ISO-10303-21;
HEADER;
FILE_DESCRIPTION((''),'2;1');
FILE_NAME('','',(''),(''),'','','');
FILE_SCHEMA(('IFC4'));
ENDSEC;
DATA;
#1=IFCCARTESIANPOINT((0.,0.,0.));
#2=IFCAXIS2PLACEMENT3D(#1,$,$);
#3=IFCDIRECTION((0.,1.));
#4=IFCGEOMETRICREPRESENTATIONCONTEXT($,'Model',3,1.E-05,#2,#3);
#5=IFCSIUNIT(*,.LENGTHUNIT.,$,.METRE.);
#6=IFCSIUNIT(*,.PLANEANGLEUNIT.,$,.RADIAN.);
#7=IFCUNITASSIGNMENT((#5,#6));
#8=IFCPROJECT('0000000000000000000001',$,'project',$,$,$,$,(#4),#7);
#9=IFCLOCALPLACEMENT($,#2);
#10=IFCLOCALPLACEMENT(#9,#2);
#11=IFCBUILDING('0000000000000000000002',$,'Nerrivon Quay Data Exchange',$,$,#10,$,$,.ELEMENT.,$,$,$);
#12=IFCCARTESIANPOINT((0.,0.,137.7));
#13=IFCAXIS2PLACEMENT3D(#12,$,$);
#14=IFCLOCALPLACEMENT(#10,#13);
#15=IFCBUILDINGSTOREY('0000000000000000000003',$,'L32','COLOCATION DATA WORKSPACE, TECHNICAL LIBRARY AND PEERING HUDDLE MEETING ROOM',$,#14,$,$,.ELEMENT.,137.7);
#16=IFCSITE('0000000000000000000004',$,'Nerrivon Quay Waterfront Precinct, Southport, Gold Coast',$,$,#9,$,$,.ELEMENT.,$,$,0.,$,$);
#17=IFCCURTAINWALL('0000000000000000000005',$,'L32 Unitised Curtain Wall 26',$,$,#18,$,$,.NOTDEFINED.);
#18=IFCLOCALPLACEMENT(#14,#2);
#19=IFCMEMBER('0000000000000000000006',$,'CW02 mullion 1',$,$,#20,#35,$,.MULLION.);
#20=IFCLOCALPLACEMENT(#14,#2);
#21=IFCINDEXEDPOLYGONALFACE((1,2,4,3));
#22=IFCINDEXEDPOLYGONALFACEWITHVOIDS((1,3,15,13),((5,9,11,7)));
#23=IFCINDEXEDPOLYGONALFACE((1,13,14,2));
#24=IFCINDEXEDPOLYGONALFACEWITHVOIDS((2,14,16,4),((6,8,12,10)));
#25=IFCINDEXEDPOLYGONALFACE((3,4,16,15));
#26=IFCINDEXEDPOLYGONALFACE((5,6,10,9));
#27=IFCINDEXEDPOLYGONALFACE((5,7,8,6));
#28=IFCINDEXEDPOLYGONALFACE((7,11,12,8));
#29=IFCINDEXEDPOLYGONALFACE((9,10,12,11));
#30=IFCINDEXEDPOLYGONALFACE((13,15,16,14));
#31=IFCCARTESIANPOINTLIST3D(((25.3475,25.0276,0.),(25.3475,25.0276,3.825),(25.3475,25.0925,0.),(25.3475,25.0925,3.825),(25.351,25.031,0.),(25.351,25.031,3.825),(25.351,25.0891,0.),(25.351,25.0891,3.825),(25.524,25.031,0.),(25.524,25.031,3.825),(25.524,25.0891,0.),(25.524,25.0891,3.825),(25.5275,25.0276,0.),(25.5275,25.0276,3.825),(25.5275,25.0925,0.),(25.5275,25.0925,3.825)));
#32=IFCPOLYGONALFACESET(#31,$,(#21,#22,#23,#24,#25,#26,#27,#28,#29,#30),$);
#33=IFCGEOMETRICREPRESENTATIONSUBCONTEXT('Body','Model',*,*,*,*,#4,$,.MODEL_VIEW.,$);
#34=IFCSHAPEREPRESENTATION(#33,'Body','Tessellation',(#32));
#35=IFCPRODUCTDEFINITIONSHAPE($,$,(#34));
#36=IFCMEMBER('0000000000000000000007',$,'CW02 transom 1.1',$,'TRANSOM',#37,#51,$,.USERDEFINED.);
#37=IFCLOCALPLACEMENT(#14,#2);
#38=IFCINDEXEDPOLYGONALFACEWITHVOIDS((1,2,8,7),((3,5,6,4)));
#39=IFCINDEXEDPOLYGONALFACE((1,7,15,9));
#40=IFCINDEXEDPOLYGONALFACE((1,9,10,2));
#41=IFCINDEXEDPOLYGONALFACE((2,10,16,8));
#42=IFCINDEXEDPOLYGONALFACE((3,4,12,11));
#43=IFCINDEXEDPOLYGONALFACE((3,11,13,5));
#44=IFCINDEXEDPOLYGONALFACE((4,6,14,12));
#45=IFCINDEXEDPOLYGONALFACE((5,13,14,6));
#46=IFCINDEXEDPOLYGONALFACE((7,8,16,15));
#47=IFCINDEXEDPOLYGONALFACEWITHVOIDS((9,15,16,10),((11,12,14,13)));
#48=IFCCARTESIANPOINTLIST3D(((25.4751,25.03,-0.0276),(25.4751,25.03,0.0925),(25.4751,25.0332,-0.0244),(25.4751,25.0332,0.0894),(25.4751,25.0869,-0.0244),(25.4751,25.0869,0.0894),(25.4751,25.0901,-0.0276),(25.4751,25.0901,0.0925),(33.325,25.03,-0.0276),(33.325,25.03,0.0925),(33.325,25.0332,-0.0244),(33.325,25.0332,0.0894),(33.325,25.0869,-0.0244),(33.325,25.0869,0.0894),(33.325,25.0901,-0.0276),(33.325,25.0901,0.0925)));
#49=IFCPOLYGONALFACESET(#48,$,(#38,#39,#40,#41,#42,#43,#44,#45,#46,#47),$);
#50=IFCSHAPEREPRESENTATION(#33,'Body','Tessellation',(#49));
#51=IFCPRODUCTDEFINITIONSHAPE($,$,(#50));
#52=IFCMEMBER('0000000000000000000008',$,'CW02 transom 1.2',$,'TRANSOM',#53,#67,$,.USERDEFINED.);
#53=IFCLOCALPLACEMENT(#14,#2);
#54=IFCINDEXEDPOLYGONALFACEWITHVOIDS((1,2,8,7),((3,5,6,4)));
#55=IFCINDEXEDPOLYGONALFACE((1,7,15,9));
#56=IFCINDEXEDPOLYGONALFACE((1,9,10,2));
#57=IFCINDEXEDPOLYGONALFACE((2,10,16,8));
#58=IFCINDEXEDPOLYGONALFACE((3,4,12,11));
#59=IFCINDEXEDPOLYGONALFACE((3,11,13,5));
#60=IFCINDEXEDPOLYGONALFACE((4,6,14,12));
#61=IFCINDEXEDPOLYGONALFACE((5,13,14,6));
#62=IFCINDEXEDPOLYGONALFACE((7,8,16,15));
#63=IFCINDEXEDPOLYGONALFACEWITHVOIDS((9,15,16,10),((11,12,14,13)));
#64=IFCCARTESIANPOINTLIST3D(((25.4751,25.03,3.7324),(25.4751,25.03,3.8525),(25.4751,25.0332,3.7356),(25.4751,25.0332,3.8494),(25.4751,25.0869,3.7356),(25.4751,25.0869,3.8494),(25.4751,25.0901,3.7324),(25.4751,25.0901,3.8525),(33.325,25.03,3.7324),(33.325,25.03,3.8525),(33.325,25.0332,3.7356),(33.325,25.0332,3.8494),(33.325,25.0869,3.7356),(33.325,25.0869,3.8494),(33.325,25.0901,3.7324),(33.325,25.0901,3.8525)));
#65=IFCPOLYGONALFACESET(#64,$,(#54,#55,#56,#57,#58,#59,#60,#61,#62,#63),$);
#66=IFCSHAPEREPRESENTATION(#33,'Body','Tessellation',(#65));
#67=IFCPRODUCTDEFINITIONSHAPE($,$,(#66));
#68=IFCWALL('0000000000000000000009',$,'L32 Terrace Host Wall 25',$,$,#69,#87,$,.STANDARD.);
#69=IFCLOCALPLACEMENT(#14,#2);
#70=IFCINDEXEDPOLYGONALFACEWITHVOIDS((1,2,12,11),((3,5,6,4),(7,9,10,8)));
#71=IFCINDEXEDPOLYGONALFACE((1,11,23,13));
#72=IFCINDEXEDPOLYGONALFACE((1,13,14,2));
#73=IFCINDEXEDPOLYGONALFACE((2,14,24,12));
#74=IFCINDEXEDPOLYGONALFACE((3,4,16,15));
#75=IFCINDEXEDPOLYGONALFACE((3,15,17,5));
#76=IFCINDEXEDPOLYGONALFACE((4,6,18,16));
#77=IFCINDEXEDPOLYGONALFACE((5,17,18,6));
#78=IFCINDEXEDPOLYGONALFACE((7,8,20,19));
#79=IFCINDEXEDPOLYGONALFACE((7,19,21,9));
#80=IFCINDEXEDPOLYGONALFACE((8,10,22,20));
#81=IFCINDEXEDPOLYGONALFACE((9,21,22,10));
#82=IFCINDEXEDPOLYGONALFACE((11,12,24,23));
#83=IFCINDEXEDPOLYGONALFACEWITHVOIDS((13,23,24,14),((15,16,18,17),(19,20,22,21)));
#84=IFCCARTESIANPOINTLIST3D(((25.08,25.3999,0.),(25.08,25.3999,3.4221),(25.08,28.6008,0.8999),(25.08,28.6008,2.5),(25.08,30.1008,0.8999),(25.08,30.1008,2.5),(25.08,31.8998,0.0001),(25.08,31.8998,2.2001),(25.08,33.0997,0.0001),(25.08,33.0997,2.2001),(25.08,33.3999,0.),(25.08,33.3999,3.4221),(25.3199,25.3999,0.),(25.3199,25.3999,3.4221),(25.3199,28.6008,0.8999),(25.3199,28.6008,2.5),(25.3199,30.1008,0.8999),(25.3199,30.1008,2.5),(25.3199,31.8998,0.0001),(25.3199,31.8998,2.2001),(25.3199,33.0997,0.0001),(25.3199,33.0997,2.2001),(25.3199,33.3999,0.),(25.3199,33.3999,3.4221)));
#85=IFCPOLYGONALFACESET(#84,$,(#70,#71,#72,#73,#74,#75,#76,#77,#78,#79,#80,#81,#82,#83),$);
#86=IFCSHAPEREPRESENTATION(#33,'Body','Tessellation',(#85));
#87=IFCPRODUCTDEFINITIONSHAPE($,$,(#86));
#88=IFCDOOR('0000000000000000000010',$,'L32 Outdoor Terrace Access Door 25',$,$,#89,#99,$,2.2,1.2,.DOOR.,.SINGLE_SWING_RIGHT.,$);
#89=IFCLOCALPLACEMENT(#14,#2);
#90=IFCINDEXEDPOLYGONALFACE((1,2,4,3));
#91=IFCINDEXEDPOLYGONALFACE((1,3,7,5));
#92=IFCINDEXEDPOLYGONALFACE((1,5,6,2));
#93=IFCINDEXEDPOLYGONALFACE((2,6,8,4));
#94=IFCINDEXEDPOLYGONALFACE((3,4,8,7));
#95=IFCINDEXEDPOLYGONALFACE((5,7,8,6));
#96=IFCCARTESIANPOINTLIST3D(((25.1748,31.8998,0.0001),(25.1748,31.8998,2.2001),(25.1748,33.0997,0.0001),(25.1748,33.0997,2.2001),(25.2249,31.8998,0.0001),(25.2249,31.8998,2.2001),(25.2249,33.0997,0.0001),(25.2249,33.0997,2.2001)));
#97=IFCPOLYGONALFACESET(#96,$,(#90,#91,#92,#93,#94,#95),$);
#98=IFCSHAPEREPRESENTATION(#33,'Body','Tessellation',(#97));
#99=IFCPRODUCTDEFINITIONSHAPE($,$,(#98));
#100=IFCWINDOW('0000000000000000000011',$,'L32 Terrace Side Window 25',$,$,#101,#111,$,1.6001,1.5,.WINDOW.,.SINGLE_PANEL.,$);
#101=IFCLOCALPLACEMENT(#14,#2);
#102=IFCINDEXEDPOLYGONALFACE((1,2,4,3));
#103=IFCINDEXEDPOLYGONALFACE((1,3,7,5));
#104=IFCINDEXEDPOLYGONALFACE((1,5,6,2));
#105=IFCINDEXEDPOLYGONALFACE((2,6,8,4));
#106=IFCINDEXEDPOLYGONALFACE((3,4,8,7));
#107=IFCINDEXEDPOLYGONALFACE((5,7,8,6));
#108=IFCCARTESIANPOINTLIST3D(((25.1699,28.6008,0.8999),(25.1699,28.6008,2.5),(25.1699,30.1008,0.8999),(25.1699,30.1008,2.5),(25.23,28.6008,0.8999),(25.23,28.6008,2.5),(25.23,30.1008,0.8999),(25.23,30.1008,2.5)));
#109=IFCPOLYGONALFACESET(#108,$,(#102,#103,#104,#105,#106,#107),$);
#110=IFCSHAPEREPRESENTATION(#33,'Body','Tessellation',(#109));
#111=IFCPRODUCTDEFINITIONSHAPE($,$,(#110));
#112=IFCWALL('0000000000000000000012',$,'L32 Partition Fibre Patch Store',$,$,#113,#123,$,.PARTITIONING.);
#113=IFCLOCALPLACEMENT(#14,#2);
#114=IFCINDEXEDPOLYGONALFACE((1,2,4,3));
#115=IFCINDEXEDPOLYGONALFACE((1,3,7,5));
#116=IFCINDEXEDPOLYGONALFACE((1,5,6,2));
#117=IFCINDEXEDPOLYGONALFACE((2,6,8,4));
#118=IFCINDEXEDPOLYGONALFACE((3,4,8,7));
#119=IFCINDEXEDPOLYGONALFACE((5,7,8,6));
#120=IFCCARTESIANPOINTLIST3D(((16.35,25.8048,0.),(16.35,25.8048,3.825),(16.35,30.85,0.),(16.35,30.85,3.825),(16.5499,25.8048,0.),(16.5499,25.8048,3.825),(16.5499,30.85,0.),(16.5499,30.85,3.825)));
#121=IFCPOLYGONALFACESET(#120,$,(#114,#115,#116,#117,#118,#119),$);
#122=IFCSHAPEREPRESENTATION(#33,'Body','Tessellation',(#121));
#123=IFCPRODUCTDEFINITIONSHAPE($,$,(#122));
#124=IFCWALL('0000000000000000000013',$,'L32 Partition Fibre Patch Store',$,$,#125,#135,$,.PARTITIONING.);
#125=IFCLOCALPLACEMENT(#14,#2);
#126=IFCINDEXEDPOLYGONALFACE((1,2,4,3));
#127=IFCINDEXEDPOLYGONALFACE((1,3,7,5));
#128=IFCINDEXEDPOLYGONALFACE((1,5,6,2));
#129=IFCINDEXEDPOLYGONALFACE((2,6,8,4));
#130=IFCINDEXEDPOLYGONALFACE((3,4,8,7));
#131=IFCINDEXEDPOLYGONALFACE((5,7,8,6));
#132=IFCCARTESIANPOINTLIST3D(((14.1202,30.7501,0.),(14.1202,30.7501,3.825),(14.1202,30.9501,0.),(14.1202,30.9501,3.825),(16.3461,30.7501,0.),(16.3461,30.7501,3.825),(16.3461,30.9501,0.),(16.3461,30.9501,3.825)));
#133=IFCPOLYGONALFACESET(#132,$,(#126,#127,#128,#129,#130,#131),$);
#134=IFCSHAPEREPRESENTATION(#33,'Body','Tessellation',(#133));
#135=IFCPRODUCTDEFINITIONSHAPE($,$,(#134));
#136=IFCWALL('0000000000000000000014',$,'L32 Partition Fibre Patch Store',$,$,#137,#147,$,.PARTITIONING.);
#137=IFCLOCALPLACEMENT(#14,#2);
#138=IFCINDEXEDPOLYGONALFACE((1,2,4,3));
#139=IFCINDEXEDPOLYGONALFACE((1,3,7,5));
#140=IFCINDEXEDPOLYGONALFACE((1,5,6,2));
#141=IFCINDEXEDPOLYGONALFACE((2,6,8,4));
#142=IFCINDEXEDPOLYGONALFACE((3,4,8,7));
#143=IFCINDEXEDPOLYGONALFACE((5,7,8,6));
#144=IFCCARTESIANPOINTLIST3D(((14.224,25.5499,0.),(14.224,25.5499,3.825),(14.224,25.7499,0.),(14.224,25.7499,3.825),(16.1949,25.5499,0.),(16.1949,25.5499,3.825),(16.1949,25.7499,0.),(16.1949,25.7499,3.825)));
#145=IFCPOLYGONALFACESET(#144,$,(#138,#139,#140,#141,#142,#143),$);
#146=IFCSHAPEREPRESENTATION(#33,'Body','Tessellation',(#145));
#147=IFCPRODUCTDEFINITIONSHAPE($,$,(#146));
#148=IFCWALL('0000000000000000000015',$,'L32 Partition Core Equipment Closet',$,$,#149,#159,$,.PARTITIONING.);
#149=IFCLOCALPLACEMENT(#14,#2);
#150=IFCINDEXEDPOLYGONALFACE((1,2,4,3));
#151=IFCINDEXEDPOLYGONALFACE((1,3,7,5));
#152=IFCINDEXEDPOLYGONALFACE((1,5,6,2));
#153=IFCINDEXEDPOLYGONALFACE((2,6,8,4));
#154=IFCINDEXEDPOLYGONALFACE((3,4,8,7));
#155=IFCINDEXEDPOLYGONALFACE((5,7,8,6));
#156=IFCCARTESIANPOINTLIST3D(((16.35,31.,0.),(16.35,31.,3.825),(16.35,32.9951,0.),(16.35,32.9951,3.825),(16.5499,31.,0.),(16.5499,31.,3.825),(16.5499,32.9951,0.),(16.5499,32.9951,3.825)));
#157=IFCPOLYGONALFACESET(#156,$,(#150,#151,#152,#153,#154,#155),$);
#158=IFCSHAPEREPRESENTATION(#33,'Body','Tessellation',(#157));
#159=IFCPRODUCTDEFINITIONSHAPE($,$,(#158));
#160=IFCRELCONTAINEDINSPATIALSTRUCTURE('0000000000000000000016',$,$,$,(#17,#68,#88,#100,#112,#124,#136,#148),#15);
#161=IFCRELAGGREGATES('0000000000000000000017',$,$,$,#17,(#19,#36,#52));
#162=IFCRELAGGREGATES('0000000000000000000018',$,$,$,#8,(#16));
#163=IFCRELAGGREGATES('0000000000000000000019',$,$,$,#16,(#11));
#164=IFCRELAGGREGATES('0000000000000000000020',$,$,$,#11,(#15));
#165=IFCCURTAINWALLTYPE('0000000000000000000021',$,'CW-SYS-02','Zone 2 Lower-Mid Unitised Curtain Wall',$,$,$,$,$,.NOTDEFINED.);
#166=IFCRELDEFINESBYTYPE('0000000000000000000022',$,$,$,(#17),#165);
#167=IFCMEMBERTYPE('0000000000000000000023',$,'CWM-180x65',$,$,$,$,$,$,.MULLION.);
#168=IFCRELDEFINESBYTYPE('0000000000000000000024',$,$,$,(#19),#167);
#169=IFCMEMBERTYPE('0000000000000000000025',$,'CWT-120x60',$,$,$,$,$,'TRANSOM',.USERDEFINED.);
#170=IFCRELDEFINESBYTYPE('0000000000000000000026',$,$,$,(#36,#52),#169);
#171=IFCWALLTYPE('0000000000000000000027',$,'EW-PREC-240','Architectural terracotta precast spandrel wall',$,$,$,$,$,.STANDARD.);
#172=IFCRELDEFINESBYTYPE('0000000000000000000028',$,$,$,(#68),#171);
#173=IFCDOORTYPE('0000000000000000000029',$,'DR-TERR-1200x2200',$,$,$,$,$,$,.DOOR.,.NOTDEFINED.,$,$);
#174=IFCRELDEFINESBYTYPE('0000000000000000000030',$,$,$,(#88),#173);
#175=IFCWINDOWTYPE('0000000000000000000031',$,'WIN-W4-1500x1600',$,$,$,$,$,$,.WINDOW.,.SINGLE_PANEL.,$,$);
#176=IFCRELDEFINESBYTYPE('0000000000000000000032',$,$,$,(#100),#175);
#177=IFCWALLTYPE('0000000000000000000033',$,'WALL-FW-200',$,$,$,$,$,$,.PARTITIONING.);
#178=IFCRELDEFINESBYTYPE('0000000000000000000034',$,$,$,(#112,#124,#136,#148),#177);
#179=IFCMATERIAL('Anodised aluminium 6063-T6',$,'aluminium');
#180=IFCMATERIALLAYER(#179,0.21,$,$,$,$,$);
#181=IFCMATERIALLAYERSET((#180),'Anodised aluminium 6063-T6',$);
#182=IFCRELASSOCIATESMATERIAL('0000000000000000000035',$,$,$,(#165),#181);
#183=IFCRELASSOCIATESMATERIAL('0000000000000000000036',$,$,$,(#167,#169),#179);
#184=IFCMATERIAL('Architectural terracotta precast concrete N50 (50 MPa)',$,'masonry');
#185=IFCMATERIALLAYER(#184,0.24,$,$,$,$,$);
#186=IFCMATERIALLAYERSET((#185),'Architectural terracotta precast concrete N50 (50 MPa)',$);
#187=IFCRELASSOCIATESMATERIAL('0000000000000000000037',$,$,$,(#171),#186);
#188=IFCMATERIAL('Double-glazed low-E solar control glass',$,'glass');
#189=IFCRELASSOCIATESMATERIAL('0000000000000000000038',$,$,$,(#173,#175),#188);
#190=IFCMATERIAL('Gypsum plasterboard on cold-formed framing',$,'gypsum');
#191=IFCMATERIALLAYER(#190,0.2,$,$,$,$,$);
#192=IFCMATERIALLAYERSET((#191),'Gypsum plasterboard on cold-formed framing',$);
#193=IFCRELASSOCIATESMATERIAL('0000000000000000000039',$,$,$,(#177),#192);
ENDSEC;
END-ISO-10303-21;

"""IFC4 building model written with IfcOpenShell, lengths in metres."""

from ifc_helpers import new_model, si_unit, direction, frame, frame_2d, origin, origin_2d, place, context, subcontext, project, spatial, rectangle, hollow_rectangle, extrude, material, layer, layer_set, material_profile, profile_set, type_object, element, fill, aggregate, save


model = new_model("IFC4")

# Units and contexts
model_context = context("Model", 3, precision=1e-05, world=origin(), true_north=direction((0.0, 1.0)))
body_context = subcontext(model_context, "Body", "Model", "MODEL_VIEW")
ifc_project = project(units=[si_unit("LENGTHUNIT", "METRE"), si_unit("PLANEANGLEUNIT", "RADIAN")], contexts=[model_context])

# Site, building, storey
site_placement = place(None, origin())
site = spatial("IfcSite", under=ifc_project, at=site_placement, Name="Nerrivon Quay Waterfront Precinct, Southport, Gold Coast", CompositionType="ELEMENT", RefElevation=0.0)
building_placement = place(site_placement, origin())
building = spatial("IfcBuilding", under=site, at=building_placement, Name="Nerrivon Quay Data Exchange", CompositionType="ELEMENT")
storey_placement = place(building_placement, frame((0.0, 0.0, 137.7)))
storey = spatial("IfcBuildingStorey", under=building, at=storey_placement, Name="L32", Description="COLOCATION DATA WORKSPACE, TECHNICAL LIBRARY AND PEERING HUDDLE MEETING ROOM", CompositionType="ELEMENT", Elevation=137.7)

# Curtain wall, members
ifc_material_1 = material(Name="Anodised aluminium 6063-T6", Category="aluminium")
ifc_layer_1 = layer(ifc_material_1, 0.21)
ifc_layer_set_1 = layer_set([ifc_layer_1], Name="Anodised aluminium 6063-T6")
curtain_wall_type = type_object("IfcCurtainWallType", Name="CW-SYS-02", Description="Zone 2 Lower-Mid Unitised Curtain Wall", PredefinedType="NOTDEFINED", material=ifc_layer_set_1)
curtain_wall_placement = place(storey_placement, origin())
curtain_wall = element("IfcCurtainWall", 1, at=curtain_wall_placement, inside=storey, type_object=curtain_wall_type, Name="L32 Unitised Curtain Wall 26", PredefinedType="NOTDEFINED")
ifc_material_profile_1 = material_profile(ifc_material_1, hollow_rectangle(XDim=0.0649, YDim=0.1799, WallThickness=0.0034, at=origin_2d()), Name="ALU-MULL-180x65")
ifc_profile_set_1 = profile_set([ifc_material_profile_1], Name="Anodised aluminium 6063-T6")
member_type_1 = type_object("IfcMemberType", Name="CWM-180x65", PredefinedType="MULLION", material=ifc_profile_set_1)
member_1_placement = place(storey_placement, frame((25.4375, 25.0601, 0.0), z_axis=(0.0, 0.0, 1.0), x_axis=(0.0, 1.0, 0.0)))
member_1 = element("IfcMember", 2, at=member_1_placement, type_object=member_type_1, Name="CW02 mullion 1", PredefinedType="MULLION", context=body_context, shape_type="SweptSolid", body=[
    extrude(hollow_rectangle(XDim=0.0649, YDim=0.1799, WallThickness=0.0034, at=origin_2d()), origin(), (0.0, 0.0, 1.0), 3.825),
])
ifc_material_profile_2 = material_profile(ifc_material_1, hollow_rectangle(XDim=0.0601, YDim=0.1201, WallThickness=0.0032, at=origin_2d()), Name="ALU-TRAN-120x60")
ifc_profile_set_2 = profile_set([ifc_material_profile_2], Name="Anodised aluminium 6063-T6")
member_type_2 = type_object("IfcMemberType", Name="CWT-120x60", ElementType="TRANSOM", PredefinedType="USERDEFINED", material=ifc_profile_set_2)
member_2_placement = place(storey_placement, frame((25.4751, 25.0601, 0.0325), z_axis=(1.0, 0.0, 0.0), x_axis=(0.0, 1.0, 0.0)))
member_2 = element("IfcMember", 3, at=member_2_placement, type_object=member_type_2, Name="CW02 transom 1.1", ObjectType="TRANSOM", PredefinedType="USERDEFINED", context=body_context, shape_type="SweptSolid", body=[
    extrude(hollow_rectangle(XDim=0.0601, YDim=0.1201, WallThickness=0.0032, at=origin_2d()), origin(), (0.0, 0.0, 1.0), 7.8499),
])
member_3_placement = place(storey_placement, frame((25.4751, 25.0601, 3.7925), z_axis=(1.0, 0.0, 0.0), x_axis=(0.0, 1.0, 0.0)))
member_3 = element("IfcMember", 4, at=member_3_placement, type_object=member_type_2, Name="CW02 transom 1.2", ObjectType="TRANSOM", PredefinedType="USERDEFINED", context=body_context, shape_type="SweptSolid", body=[
    extrude(hollow_rectangle(XDim=0.0601, YDim=0.1201, WallThickness=0.0032, at=origin_2d()), origin(), (0.0, 0.0, 1.0), 7.8499),
])
aggregate(curtain_wall, [member_1, member_2, member_3])

# Wall, openings, door, window
ifc_material_2 = material(Name="Architectural terracotta precast concrete N50 (50 MPa)", Category="masonry")
ifc_layer_2 = layer(ifc_material_2, 0.24)
ifc_layer_set_2 = layer_set([ifc_layer_2], Name="Architectural terracotta precast concrete N50 (50 MPa)")
wall_type_1 = type_object("IfcWallType", Name="EW-PREC-240", Description="Architectural terracotta precast spandrel wall", PredefinedType="STANDARD", material=ifc_layer_set_2)
wall_1_placement = place(storey_placement, frame((25.2, 33.3999, 0.0), z_axis=(0.0, 0.0, 1.0), x_axis=(0.0, -1.0, 0.0)))
wall_1 = element("IfcWall", 5, at=wall_1_placement, inside=storey, type_object=wall_type_1, Name="L32 Terrace Host Wall 25", PredefinedType="STANDARD", context=body_context, shape_type="SweptSolid", body=[
    extrude(rectangle(XDim=8.0, YDim=0.24, at=frame_2d((4.0, 0.0))), origin(), (0.0, 0.0, 1.0), 3.4221),
])
opening_1_placement = place(wall_1_placement, frame((0.3, 0.0, 0.0)))
opening_1 = element("IfcOpeningElement", 6, at=opening_1_placement, cuts=wall_1, PredefinedType="OPENING", context=body_context, shape_type="SweptSolid", body=[
    extrude(rectangle(XDim=1.2, YDim=2.2, at=frame_2d((0.6001, 1.1001))), frame((0.0, 0.1299, 0.0), z_axis=(0.0, -1.0, 0.0), x_axis=(1.0, 0.0, 0.0)), (0.0, 0.0, 1.0), 0.26),
])
opening_2_placement = place(wall_1_placement, frame((3.2991, 0.0, 0.8999)))
opening_2 = element("IfcOpeningElement", 7, at=opening_2_placement, cuts=wall_1, PredefinedType="OPENING", context=body_context, shape_type="SweptSolid", body=[
    extrude(rectangle(XDim=1.5, YDim=1.6001, at=frame_2d((0.75, 0.8))), frame((0.0, 0.1299, 0.0), z_axis=(0.0, -1.0, 0.0), x_axis=(1.0, 0.0, 0.0)), (0.0, 0.0, 1.0), 0.26),
])
ifc_material_3 = material(Name="Double-glazed low-E solar control glass", Category="glass")
door_type_1 = type_object("IfcDoorType", Name="DR-TERR-1200x2200", OperationType="NOTDEFINED", PredefinedType="DOOR", material=ifc_material_3)
door_1_placement = place(opening_1_placement, origin())
door_1 = element("IfcDoor", 8, at=door_1_placement, inside=storey, type_object=door_type_1, Name="L32 Outdoor Terrace Access Door 25", OperationType="SINGLE_SWING_RIGHT", OverallHeight=2.2, OverallWidth=1.2, PredefinedType="DOOR", context=body_context, shape_type="SweptSolid", body=[
    extrude(rectangle(XDim=1.2, YDim=2.2, at=frame_2d((0.6001, 1.1001))), frame((0.0, 0.0249, 0.0), z_axis=(0.0, -1.0, 0.0), x_axis=(1.0, 0.0, 0.0)), (0.0, 0.0, 1.0), 0.05),
])
fill(opening_1, door_1)
window_type = type_object("IfcWindowType", Name="WIN-W4-1500x1600", PartitioningType="SINGLE_PANEL", PredefinedType="WINDOW", material=ifc_material_3)
window_placement = place(opening_2_placement, origin())
window = element("IfcWindow", 9, at=window_placement, inside=storey, type_object=window_type, Name="L32 Terrace Side Window 25", OverallHeight=1.6001, OverallWidth=1.5, PartitioningType="SINGLE_PANEL", PredefinedType="WINDOW", context=body_context, shape_type="SweptSolid", body=[
    extrude(rectangle(XDim=1.5, YDim=1.6001, at=frame_2d((0.75, 0.8))), frame((0.0, 0.03, 0.0), z_axis=(0.0, -1.0, 0.0), x_axis=(1.0, 0.0, 0.0)), (0.0, 0.0, 1.0), 0.0601),
])
fill(opening_2, window)

# Walls
ifc_material_4 = material(Name="Gypsum plasterboard on cold-formed framing", Category="gypsum")
ifc_layer_3 = layer(ifc_material_4, 0.2)
ifc_layer_set_3 = layer_set([ifc_layer_3], Name="Gypsum plasterboard on cold-formed framing")
wall_type_2 = type_object("IfcWallType", Name="WALL-FW-200", PredefinedType="PARTITIONING", material=ifc_layer_set_3)
wall_2_placement = place(storey_placement, frame((16.45, 25.8049, 0.0), z_axis=(0.0, 0.0, 1.0), x_axis=(0.0, 1.0, 0.0)))
element("IfcWall", 10, at=wall_2_placement, inside=storey, type_object=wall_type_2, Name="L32 Partition Fibre Patch Store", PredefinedType="PARTITIONING", context=body_context, shape_type="SweptSolid", body=[
    extrude(rectangle(XDim=5.0452, YDim=0.2, at=frame_2d((2.5225, 0.0))), origin(), (0.0, 0.0, 1.0), 3.825),
])
wall_3_placement = place(storey_placement, frame((16.3459, 30.8501, 0.0), z_axis=(0.0, 0.0, 1.0), x_axis=(-1.0, 0.0, 0.0)))
element("IfcWall", 11, at=wall_3_placement, inside=storey, type_object=wall_type_2, Name="L32 Partition Fibre Patch Store", PredefinedType="PARTITIONING", context=body_context, shape_type="SweptSolid", body=[
    extrude(rectangle(XDim=2.2258, YDim=0.2, at=frame_2d((1.1128, 0.0))), origin(), (0.0, 0.0, 1.0), 3.825),
])
wall_4_placement = place(storey_placement, frame((14.2241, 25.6499, 0.0), z_axis=(0.0, 0.0, 1.0), x_axis=(1.0, 0.0, 0.0)))
element("IfcWall", 12, at=wall_4_placement, inside=storey, type_object=wall_type_2, Name="L32 Partition Fibre Patch Store", PredefinedType="PARTITIONING", context=body_context, shape_type="SweptSolid", body=[
    extrude(rectangle(XDim=1.9709, YDim=0.2, at=frame_2d((0.9854, 0.0))), origin(), (0.0, 0.0, 1.0), 3.825),
])
wall_5_placement = place(storey_placement, frame((16.45, 31.0, 0.0), z_axis=(0.0, 0.0, 1.0), x_axis=(0.0, 1.0, 0.0)))
element("IfcWall", 13, at=wall_5_placement, inside=storey, type_object=wall_type_2, Name="L32 Partition Core Equipment Closet", PredefinedType="PARTITIONING", context=body_context, shape_type="SweptSolid", body=[
    extrude(rectangle(XDim=1.9951, YDim=0.2, at=frame_2d((0.9976, 0.0))), origin(), (0.0, 0.0, 1.0), 3.825),
])

save(model, "model.ifc")
